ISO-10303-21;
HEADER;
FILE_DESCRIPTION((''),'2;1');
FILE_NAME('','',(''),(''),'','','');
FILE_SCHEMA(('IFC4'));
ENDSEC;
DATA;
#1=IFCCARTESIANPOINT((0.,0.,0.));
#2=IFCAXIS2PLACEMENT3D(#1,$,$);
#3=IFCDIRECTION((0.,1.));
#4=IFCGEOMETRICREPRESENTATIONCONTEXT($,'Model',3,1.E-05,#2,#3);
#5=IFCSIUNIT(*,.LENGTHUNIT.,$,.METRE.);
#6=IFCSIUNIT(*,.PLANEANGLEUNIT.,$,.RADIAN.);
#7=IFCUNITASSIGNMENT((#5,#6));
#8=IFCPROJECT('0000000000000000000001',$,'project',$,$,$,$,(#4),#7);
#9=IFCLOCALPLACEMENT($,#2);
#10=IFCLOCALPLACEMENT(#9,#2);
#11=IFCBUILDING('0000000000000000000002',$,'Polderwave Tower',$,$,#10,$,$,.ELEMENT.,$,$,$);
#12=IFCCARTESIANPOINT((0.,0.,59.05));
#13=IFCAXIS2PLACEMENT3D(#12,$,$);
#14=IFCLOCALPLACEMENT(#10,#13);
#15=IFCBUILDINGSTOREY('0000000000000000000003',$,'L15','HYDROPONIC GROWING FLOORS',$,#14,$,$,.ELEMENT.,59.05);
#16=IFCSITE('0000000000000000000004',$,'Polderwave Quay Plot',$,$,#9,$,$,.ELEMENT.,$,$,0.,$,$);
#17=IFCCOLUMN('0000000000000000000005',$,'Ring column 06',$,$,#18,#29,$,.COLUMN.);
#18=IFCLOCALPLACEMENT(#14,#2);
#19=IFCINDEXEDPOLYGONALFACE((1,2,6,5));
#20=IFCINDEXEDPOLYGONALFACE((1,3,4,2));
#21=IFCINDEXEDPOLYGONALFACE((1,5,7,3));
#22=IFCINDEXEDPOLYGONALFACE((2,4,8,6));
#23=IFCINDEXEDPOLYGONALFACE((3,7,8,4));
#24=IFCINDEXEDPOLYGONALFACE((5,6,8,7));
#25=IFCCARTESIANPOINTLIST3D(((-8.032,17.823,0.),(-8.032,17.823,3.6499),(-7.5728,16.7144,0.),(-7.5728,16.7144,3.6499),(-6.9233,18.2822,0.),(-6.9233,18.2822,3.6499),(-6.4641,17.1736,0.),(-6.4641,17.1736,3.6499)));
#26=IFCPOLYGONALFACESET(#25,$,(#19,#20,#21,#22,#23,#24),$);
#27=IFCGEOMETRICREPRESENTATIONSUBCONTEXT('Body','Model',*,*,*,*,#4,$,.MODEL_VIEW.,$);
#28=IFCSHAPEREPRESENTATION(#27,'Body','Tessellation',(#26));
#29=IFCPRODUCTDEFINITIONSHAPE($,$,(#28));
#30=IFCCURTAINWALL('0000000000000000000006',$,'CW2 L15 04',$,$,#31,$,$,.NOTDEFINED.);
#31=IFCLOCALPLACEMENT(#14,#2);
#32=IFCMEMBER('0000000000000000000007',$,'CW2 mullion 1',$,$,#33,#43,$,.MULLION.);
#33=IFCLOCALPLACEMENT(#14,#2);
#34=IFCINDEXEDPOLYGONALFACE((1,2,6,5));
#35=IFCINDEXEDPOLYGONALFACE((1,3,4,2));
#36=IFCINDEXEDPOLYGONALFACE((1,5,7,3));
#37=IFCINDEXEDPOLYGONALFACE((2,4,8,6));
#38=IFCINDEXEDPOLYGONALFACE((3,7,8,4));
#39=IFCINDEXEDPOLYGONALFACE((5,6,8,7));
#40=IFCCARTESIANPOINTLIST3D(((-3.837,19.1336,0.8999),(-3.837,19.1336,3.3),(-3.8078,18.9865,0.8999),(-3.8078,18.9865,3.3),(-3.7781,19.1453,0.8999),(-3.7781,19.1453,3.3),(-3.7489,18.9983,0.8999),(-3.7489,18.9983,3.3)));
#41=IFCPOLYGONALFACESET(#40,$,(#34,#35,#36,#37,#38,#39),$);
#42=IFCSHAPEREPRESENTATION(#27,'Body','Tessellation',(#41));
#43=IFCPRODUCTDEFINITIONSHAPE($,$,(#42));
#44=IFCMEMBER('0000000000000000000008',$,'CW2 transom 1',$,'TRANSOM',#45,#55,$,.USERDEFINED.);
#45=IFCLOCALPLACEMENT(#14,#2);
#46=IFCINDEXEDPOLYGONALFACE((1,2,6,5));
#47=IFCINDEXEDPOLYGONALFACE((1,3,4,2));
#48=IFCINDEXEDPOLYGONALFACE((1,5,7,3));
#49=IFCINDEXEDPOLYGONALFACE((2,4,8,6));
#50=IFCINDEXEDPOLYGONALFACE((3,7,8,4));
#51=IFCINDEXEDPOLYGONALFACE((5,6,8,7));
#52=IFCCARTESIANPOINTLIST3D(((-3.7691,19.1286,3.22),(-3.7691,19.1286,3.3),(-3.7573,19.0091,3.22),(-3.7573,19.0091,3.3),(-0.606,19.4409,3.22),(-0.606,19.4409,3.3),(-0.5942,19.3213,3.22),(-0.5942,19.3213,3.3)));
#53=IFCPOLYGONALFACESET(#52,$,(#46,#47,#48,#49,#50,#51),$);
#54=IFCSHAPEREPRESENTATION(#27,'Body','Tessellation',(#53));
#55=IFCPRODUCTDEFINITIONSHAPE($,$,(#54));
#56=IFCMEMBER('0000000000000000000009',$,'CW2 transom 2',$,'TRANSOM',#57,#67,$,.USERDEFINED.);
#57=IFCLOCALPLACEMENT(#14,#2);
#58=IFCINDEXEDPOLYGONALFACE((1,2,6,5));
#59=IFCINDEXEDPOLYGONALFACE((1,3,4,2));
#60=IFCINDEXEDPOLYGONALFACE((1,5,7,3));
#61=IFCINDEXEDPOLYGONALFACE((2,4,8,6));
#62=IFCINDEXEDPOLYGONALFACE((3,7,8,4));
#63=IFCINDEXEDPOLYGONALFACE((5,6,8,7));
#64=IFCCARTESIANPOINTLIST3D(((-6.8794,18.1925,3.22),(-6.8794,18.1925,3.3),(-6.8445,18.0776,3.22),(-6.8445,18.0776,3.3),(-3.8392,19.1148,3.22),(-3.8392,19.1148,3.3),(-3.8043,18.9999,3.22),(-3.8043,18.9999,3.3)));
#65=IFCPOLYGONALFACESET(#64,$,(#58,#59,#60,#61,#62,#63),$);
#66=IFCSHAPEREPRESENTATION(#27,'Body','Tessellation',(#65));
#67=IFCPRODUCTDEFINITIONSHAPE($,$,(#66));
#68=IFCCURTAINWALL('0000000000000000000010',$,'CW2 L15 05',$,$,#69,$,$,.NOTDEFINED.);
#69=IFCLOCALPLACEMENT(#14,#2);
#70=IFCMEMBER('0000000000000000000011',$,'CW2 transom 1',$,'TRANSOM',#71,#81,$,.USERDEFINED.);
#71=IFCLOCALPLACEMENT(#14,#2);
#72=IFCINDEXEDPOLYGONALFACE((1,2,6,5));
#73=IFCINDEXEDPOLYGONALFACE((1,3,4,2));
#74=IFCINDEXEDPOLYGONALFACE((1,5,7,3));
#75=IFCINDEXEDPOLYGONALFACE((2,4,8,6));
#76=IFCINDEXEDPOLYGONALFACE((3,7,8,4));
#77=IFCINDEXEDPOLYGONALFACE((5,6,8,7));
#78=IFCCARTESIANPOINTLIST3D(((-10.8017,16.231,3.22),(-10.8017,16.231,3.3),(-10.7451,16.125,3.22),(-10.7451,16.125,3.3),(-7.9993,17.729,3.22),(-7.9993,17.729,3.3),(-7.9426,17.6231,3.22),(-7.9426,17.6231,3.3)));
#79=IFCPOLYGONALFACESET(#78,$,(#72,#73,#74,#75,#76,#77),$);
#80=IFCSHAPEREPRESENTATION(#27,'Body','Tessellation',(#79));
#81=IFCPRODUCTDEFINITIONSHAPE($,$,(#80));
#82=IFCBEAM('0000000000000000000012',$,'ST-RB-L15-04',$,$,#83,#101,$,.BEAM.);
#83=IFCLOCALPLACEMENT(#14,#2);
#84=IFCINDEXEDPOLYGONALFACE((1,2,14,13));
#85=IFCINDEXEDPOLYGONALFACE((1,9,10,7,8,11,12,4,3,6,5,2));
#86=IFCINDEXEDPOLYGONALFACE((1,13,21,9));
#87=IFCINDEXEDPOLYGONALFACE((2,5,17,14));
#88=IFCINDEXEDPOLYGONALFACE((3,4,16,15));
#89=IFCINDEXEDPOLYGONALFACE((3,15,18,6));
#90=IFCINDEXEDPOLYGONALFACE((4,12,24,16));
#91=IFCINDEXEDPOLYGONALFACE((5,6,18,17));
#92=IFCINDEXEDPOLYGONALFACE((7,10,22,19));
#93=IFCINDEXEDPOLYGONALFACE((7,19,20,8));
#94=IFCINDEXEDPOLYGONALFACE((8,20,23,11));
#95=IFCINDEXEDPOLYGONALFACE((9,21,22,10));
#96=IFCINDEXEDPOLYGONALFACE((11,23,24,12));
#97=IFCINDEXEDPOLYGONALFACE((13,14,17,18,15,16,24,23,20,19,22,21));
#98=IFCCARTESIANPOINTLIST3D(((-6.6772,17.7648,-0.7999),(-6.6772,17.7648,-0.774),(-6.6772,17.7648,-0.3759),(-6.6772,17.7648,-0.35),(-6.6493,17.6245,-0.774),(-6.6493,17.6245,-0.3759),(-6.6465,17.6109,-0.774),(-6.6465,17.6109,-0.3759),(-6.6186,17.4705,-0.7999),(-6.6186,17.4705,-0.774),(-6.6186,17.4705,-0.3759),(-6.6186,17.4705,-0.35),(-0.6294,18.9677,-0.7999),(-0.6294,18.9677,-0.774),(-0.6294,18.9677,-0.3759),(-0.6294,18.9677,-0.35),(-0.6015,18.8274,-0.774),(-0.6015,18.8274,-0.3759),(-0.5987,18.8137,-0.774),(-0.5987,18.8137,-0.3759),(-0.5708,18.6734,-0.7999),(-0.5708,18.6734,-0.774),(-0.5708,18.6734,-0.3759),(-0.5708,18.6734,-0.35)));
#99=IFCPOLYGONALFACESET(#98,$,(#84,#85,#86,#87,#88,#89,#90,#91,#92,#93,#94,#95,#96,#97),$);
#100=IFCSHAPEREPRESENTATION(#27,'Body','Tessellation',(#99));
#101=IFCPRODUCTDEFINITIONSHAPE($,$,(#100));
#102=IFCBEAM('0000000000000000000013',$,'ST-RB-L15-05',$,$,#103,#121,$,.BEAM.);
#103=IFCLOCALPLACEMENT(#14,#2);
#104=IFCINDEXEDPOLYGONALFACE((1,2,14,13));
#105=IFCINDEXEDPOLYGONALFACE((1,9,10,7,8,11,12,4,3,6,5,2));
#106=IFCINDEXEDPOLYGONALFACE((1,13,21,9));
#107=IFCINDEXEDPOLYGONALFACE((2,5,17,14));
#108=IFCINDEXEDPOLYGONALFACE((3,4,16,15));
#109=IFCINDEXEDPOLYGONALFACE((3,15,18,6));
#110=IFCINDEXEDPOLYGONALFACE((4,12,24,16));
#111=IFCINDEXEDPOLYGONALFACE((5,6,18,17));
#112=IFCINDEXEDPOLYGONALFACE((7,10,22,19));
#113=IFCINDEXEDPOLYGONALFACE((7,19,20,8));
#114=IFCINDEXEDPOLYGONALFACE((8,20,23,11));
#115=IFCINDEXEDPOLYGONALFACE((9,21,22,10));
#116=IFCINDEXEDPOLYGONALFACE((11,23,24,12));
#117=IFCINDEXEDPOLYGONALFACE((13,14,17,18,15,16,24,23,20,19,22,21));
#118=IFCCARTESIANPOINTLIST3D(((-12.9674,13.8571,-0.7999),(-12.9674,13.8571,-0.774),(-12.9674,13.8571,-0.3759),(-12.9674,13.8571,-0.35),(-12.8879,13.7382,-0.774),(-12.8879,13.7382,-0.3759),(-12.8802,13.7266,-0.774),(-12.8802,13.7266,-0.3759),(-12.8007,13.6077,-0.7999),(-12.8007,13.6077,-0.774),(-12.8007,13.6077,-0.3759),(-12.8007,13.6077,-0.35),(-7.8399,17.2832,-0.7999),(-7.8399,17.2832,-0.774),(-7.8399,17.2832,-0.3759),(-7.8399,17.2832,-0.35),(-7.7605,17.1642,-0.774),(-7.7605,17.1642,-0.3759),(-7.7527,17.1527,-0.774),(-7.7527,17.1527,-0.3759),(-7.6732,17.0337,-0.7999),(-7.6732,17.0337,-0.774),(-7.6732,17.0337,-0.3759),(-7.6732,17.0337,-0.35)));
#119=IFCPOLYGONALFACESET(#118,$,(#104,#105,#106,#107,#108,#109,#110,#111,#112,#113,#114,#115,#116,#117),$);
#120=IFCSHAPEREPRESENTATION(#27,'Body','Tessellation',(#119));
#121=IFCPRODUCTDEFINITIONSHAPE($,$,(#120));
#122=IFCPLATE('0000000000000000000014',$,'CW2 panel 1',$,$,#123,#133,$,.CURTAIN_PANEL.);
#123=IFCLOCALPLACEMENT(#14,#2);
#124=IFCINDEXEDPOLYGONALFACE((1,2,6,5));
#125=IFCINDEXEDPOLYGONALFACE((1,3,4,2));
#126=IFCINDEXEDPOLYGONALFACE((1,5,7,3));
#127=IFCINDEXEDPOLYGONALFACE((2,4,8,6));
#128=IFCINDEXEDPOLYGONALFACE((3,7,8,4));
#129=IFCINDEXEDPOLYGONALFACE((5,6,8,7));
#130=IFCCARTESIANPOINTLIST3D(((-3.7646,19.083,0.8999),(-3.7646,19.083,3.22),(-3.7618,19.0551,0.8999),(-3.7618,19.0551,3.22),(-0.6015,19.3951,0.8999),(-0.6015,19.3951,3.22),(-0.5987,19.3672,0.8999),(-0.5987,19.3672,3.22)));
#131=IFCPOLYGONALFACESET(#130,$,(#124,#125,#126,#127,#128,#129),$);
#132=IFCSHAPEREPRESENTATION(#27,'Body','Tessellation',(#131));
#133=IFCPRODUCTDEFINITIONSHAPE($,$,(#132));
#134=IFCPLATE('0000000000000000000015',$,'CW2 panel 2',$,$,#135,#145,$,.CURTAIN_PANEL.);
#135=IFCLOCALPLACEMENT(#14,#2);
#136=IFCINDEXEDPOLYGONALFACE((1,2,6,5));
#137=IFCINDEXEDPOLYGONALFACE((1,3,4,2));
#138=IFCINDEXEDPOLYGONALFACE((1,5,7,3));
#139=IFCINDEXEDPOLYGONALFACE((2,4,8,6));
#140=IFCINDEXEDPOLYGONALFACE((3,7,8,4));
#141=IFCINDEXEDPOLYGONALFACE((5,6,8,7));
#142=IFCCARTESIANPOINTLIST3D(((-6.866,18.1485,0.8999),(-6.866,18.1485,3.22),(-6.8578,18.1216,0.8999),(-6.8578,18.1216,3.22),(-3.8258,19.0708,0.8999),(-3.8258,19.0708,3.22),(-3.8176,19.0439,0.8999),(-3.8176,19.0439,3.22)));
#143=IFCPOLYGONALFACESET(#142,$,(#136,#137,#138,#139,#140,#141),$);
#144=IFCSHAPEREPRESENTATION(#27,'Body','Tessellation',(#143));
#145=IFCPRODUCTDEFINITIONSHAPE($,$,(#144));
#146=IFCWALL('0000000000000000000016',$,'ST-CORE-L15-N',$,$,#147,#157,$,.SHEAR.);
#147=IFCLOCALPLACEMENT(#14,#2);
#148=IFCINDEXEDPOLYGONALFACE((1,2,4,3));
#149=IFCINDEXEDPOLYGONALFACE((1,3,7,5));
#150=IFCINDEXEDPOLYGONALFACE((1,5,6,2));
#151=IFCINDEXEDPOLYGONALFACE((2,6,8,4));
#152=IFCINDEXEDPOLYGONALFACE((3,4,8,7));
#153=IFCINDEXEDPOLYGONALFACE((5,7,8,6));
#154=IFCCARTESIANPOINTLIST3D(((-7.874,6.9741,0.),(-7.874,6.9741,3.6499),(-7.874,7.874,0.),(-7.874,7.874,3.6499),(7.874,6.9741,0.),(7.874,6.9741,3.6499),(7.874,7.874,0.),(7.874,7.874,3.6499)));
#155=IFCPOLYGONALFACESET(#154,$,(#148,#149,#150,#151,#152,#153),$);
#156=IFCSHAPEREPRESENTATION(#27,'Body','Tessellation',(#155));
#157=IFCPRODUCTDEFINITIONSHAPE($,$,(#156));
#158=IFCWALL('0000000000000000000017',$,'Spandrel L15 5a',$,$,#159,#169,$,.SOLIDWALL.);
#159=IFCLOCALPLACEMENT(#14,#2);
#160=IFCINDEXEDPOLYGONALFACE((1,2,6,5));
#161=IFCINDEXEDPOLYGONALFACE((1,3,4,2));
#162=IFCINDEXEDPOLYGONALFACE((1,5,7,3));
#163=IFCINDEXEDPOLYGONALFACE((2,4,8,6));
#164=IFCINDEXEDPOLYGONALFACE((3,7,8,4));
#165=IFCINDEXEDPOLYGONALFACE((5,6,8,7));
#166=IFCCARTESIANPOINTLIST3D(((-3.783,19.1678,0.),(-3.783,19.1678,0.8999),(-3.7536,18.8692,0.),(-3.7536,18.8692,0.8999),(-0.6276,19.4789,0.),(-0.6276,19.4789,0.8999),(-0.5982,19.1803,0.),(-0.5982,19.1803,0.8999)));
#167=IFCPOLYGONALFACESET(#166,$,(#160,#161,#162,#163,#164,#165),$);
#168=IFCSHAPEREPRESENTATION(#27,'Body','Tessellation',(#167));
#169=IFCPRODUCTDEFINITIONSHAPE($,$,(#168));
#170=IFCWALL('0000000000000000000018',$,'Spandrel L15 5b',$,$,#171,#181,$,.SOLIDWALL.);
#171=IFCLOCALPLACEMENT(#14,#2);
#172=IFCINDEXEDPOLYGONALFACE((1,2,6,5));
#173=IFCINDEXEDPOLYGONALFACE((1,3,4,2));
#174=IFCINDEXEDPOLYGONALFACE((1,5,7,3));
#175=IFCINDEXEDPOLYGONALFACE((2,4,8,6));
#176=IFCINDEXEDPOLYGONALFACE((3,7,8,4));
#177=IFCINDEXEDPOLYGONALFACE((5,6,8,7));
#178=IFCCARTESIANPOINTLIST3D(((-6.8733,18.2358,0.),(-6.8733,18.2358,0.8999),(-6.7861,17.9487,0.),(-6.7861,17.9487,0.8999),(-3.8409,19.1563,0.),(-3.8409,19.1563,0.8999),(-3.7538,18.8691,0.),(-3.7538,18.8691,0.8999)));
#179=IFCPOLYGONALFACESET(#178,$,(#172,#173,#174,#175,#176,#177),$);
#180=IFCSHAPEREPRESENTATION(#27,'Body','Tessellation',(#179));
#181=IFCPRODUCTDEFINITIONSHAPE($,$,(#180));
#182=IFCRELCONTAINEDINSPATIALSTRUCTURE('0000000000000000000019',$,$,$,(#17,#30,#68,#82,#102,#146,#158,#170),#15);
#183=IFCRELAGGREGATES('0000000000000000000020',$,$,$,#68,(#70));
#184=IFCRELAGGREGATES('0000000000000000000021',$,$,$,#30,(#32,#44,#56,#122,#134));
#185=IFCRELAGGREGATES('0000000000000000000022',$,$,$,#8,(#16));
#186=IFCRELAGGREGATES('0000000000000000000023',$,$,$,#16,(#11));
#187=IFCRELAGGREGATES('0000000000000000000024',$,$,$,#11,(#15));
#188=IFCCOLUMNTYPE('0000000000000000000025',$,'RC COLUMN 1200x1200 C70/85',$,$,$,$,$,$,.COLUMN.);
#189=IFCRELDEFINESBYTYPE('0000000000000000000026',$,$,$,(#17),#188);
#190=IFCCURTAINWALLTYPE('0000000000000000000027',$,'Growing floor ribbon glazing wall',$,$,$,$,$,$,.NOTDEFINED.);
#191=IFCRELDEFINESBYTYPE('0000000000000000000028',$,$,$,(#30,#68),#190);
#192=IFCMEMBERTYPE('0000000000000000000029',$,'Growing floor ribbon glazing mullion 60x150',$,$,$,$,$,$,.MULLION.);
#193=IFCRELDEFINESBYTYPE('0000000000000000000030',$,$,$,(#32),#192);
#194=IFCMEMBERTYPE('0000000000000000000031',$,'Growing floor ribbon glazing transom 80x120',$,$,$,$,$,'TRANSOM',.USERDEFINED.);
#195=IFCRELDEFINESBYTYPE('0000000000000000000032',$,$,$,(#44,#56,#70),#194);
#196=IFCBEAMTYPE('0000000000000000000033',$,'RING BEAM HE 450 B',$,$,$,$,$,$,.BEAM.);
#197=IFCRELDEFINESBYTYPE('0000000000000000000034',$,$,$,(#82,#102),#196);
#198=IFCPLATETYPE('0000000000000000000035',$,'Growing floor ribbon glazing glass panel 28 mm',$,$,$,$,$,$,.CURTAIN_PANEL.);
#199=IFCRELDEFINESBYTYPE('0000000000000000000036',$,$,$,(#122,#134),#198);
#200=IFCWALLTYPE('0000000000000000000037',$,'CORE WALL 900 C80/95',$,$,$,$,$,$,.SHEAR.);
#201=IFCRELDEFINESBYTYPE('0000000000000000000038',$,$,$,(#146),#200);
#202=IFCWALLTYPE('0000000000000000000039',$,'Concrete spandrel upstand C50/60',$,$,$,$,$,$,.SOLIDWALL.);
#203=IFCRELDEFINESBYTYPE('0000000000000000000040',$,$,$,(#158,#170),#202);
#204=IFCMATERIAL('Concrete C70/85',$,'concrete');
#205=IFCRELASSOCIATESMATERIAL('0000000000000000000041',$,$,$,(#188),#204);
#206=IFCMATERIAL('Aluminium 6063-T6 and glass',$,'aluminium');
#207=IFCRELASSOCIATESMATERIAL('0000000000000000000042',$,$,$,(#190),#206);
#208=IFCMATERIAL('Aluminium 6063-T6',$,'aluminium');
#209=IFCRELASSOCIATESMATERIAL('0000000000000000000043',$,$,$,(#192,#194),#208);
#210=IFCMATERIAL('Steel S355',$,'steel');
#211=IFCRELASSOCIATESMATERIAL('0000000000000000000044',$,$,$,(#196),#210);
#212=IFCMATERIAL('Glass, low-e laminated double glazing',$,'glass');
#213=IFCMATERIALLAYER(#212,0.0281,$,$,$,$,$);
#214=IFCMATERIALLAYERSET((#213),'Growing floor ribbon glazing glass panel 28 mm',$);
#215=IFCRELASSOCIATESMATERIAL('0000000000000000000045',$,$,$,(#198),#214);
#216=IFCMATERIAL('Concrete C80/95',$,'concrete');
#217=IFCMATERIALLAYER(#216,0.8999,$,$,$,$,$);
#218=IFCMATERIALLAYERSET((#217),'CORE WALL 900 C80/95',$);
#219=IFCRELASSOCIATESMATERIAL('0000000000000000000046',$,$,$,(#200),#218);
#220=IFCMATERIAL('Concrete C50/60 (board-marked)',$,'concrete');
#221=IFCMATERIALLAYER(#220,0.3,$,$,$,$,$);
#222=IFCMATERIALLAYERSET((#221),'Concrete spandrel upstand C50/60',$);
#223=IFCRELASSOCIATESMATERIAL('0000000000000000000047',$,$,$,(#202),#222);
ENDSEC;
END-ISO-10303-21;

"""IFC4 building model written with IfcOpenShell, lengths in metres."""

from ifc_helpers import new_model, si_unit, direction, frame, frame_2d, origin, origin_2d, place, context, subcontext, project, spatial, rectangle, i_section, extrude, material, layer, layer_set, material_profile, profile_set, type_object, element, aggregate, save


model = new_model("IFC4")

# Units and contexts
model_context = context("Model", 3, precision=1e-05, world=origin(), true_north=direction((0.0, 1.0)))
body_context = subcontext(model_context, "Body", "Model", "MODEL_VIEW")
ifc_project = project(units=[si_unit("LENGTHUNIT", "METRE"), si_unit("PLANEANGLEUNIT", "RADIAN")], contexts=[model_context])

# Site, building, storey
site_placement = place(None, origin())
site = spatial("IfcSite", under=ifc_project, at=site_placement, Name="Polderwave Quay Plot", CompositionType="ELEMENT", RefElevation=0.0)
building_placement = place(site_placement, origin())
building = spatial("IfcBuilding", under=site, at=building_placement, Name="Polderwave Tower", CompositionType="ELEMENT")
storey_placement = place(building_placement, frame((0.0, 0.0, 59.05)))
storey = spatial("IfcBuildingStorey", under=building, at=storey_placement, Name="L15", Description="HYDROPONIC GROWING FLOORS", CompositionType="ELEMENT", Elevation=59.05)

# Column
ifc_material_1 = material(Name="Concrete C70/85", Category="concrete")
ifc_material_profile_1 = material_profile(ifc_material_1, rectangle(XDim=1.2, YDim=1.2, at=origin_2d()), Name="RC 1200x1200")
ifc_profile_set_1 = profile_set([ifc_material_profile_1], Name="Concrete C70/85")
column_type = type_object("IfcColumnType", Name="RC COLUMN 1200x1200 C70/85", PredefinedType="COLUMN", material=ifc_profile_set_1)
column_placement = place(storey_placement, frame((-7.248, 17.4983, 0.0), z_axis=(0.0, 0.0, 1.0), x_axis=(-0.382683, 0.92388, 0.0)))
element("IfcColumn", 1, at=column_placement, inside=storey, type_object=column_type, Name="Ring column 06", PredefinedType="COLUMN", context=body_context, shape_type="SweptSolid", body=[
    extrude(rectangle(XDim=1.2, YDim=1.2, at=origin_2d()), origin(), (0.0, 0.0, 1.0), 3.6499),
])

# Curtain wall, members
ifc_material_2 = material(Name="Aluminium 6063-T6 and glass", Category="aluminium")
curtain_wall_type = type_object("IfcCurtainWallType", Name="Growing floor ribbon glazing wall", PredefinedType="NOTDEFINED", material=ifc_material_2)
curtain_wall_1_placement = place(storey_placement, origin())
curtain_wall_1 = element("IfcCurtainWall", 2, at=curtain_wall_1_placement, inside=storey, type_object=curtain_wall_type, Name="CW2 L15 04", PredefinedType="NOTDEFINED")
ifc_material_3 = material(Name="Aluminium 6063-T6", Category="aluminium")
ifc_material_profile_2 = material_profile(ifc_material_3, rectangle(XDim=0.1499, YDim=0.0601, at=origin_2d()), Name="AL 60x150")
ifc_profile_set_2 = profile_set([ifc_material_profile_2], Name="Aluminium 6063-T6")
member_type_1 = type_object("IfcMemberType", Name="Growing floor ribbon glazing mullion 60x150", PredefinedType="MULLION", material=ifc_profile_set_2)
member_1_placement = place(storey_placement, frame((-3.793, 19.0659, 0.8999), z_axis=(0.0, 0.0, 1.0), x_axis=(0.195172, -0.980769, 0.0)))
member_1 = element("IfcMember", 3, at=member_1_placement, type_object=member_type_1, Name="CW2 mullion 1", PredefinedType="MULLION", context=body_context, shape_type="SweptSolid", body=[
    extrude(rectangle(XDim=0.1499, YDim=0.0601, at=origin_2d()), origin(), (0.0, 0.0, 1.0), 2.4001),
])
ifc_material_profile_3 = material_profile(ifc_material_3, rectangle(XDim=0.1201, YDim=0.0801, at=origin_2d()), Name="AL 80x120")
ifc_profile_set_3 = profile_set([ifc_material_profile_3], Name="Aluminium 6063-T6")
member_type_2 = type_object("IfcMemberType", Name="Growing floor ribbon glazing transom 80x120", ElementType="TRANSOM", PredefinedType="USERDEFINED", material=ifc_profile_set_3)
member_2_placement = place(storey_placement, frame((-0.6001, 19.3811, 3.26), z_axis=(-0.995163, -0.098241, 0.0), x_axis=(0.098241, -0.995163, 0.0)))
member_2 = element("IfcMember", 4, at=member_2_placement, type_object=member_type_2, Name="CW2 transom 1", ObjectType="TRANSOM", PredefinedType="USERDEFINED", context=body_context, shape_type="SweptSolid", body=[
    extrude(rectangle(XDim=0.1201, YDim=0.0801, at=origin_2d()), origin(), (0.0, 0.0, 1.0), 3.1785),
])
member_3_placement = place(storey_placement, frame((-3.8218, 19.0574, 3.26), z_axis=(-0.956931, -0.290314, 0.0), x_axis=(0.290314, -0.956931, 0.0)))
member_3 = element("IfcMember", 5, at=member_3_placement, type_object=member_type_2, Name="CW2 transom 2", ObjectType="TRANSOM", PredefinedType="USERDEFINED", context=body_context, shape_type="SweptSolid", body=[
    extrude(rectangle(XDim=0.1201, YDim=0.0801, at=origin_2d()), origin(), (0.0, 0.0, 1.0), 3.177),
])

# Curtain wall, member
curtain_wall_2_placement = place(storey_placement, origin())
curtain_wall_2 = element("IfcCurtainWall", 6, at=curtain_wall_2_placement, inside=storey, type_object=curtain_wall_type, Name="CW2 L15 05", PredefinedType="NOTDEFINED")
member_4_placement = place(storey_placement, frame((-7.9709, 17.676, 3.26), z_axis=(-0.88191, -0.471417, 0.0), x_axis=(0.471417, -0.88191, 0.0)))
member_4 = element("IfcMember", 7, at=member_4_placement, type_object=member_type_2, Name="CW2 transom 1", ObjectType="TRANSOM", PredefinedType="USERDEFINED", context=body_context, shape_type="SweptSolid", body=[
    extrude(rectangle(XDim=0.1201, YDim=0.0801, at=origin_2d()), origin(), (0.0, 0.0, 1.0), 3.1777),
])
aggregate(curtain_wall_2, [member_4])

# Beams
ifc_material_4 = material(Name="Steel S355", Category="steel")
ifc_material_profile_4 = material_profile(ifc_material_4, i_section(OverallWidth=0.3, OverallDepth=0.45, WebThickness=0.0139, FlangeThickness=0.0259, at=origin_2d()), Name="HE 450 B")
ifc_profile_set_4 = profile_set([ifc_material_profile_4], Name="Steel S355")
beam_type = type_object("IfcBeamType", Name="RING BEAM HE 450 B", PredefinedType="BEAM", material=ifc_profile_set_4)
beam_1_placement = place(storey_placement, frame((-0.6001, 18.8206, -0.575), z_axis=(-0.980789, -0.195073, 0.0), x_axis=(0.195073, -0.980789, 0.0)))
element("IfcBeam", 8, at=beam_1_placement, inside=storey, type_object=beam_type, Name="ST-RB-L15-04", PredefinedType="BEAM", context=body_context, shape_type="SweptSolid", body=[
    extrude(i_section(OverallWidth=0.3, OverallDepth=0.45, WebThickness=0.0139, FlangeThickness=0.0259, at=origin_2d()), origin(), (0.0, 0.0, 1.0), 6.1663),
])
beam_2_placement = place(storey_placement, frame((-7.7566, 17.1584, -0.575), z_axis=(-0.831471, -0.555568, 0.0), x_axis=(0.555568, -0.831471, 0.0)))
element("IfcBeam", 9, at=beam_2_placement, inside=storey, type_object=beam_type, Name="ST-RB-L15-05", PredefinedType="BEAM", context=body_context, shape_type="SweptSolid", body=[
    extrude(i_section(OverallWidth=0.3, OverallDepth=0.45, WebThickness=0.0139, FlangeThickness=0.0259, at=origin_2d()), origin(), (0.0, 0.0, 1.0), 6.1667),
])

# Plates
ifc_material_5 = material(Name="Glass, low-e laminated double glazing", Category="glass")
ifc_layer_1 = layer(ifc_material_5, 0.0281)
ifc_layer_set_1 = layer_set([ifc_layer_1], Name="Growing floor ribbon glazing glass panel 28 mm")
plate_type = type_object("IfcPlateType", Name="Growing floor ribbon glazing glass panel 28 mm", PredefinedType="CURTAIN_PANEL", material=ifc_layer_set_1)
plate_1_placement = place(storey_placement, frame((-2.1816, 19.2251, 0.8999), z_axis=(0.0, 0.0, 1.0), x_axis=(-0.995169, -0.098177, 0.0)))
plate_1 = element("IfcPlate", 10, at=plate_1_placement, type_object=plate_type, Name="CW2 panel 1", PredefinedType="CURTAIN_PANEL", context=body_context, shape_type="SweptSolid", body=[
    extrude(rectangle(XDim=3.1785, YDim=0.0281, at=origin_2d()), origin(), (0.0, 0.0, 1.0), 2.3201),
])
plate_2_placement = place(storey_placement, frame((-5.3418, 18.5962, 0.8999), z_axis=(0.0, 0.0, 1.0), x_axis=(-0.956938, -0.290293, 0.0)))
plate_2 = element("IfcPlate", 11, at=plate_2_placement, type_object=plate_type, Name="CW2 panel 2", PredefinedType="CURTAIN_PANEL", context=body_context, shape_type="SweptSolid", body=[
    extrude(rectangle(XDim=3.177, YDim=0.0281, at=origin_2d()), origin(), (0.0, 0.0, 1.0), 2.3201),
])
aggregate(curtain_wall_1, [member_1, member_2, member_3, plate_1, plate_2])

# Walls
ifc_material_6 = material(Name="Concrete C80/95", Category="concrete")
ifc_layer_2 = layer(ifc_material_6, 0.8999)
ifc_layer_set_2 = layer_set([ifc_layer_2], Name="CORE WALL 900 C80/95")
wall_type_1 = type_object("IfcWallType", Name="CORE WALL 900 C80/95", PredefinedType="SHEAR", material=ifc_layer_set_2)
wall_1_placement = place(storey_placement, frame((-7.874, 7.4241, 0.0), z_axis=(0.0, 0.0, 1.0), x_axis=(1.0, 0.0, 0.0)))
element("IfcWall", 12, at=wall_1_placement, inside=storey, type_object=wall_type_1, Name="ST-CORE-L15-N", PredefinedType="SHEAR", context=body_context, shape_type="SweptSolid", body=[
    extrude(rectangle(XDim=15.748, YDim=0.8999, at=frame_2d((7.874, 0.0))), origin(), (0.0, 0.0, 1.0), 3.6499),
])
ifc_material_7 = material(Name="Concrete C50/60 (board-marked)", Category="concrete")
ifc_layer_3 = layer(ifc_material_7, 0.3)
ifc_layer_set_3 = layer_set([ifc_layer_3], Name="Concrete spandrel upstand C50/60")
wall_type_2 = type_object("IfcWallType", Name="Concrete spandrel upstand C50/60", PredefinedType="SOLIDWALL", material=ifc_layer_set_3)
wall_2_placement = place(storey_placement, frame((-0.6128, 19.3296, 0.0), z_axis=(0.0, 0.0, 1.0), x_axis=(-0.995176, -0.098101, 0.0)))
element("IfcWall", 13, at=wall_2_placement, inside=storey, type_object=wall_type_2, Name="Spandrel L15 5a", PredefinedType="SOLIDWALL", context=body_context, shape_type="SweptSolid", body=[
    extrude(rectangle(XDim=3.1707, YDim=0.3, at=frame_2d((1.5854, 0.0))), origin(), (0.0, 0.0, 1.0), 0.8999),
])
wall_3_placement = place(storey_placement, frame((-3.7974, 19.0127, 0.0), z_axis=(0.0, 0.0, 1.0), x_axis=(-0.956888, -0.290456, 0.0)))
element("IfcWall", 14, at=wall_3_placement, inside=storey, type_object=wall_type_2, Name="Spandrel L15 5b", PredefinedType="SOLIDWALL", context=body_context, shape_type="SweptSolid", body=[
    extrude(rectangle(XDim=3.1689, YDim=0.3, at=frame_2d((1.5845, 0.0))), origin(), (0.0, 0.0, 1.0), 0.8999),
])

save(model, "model.ifc")
